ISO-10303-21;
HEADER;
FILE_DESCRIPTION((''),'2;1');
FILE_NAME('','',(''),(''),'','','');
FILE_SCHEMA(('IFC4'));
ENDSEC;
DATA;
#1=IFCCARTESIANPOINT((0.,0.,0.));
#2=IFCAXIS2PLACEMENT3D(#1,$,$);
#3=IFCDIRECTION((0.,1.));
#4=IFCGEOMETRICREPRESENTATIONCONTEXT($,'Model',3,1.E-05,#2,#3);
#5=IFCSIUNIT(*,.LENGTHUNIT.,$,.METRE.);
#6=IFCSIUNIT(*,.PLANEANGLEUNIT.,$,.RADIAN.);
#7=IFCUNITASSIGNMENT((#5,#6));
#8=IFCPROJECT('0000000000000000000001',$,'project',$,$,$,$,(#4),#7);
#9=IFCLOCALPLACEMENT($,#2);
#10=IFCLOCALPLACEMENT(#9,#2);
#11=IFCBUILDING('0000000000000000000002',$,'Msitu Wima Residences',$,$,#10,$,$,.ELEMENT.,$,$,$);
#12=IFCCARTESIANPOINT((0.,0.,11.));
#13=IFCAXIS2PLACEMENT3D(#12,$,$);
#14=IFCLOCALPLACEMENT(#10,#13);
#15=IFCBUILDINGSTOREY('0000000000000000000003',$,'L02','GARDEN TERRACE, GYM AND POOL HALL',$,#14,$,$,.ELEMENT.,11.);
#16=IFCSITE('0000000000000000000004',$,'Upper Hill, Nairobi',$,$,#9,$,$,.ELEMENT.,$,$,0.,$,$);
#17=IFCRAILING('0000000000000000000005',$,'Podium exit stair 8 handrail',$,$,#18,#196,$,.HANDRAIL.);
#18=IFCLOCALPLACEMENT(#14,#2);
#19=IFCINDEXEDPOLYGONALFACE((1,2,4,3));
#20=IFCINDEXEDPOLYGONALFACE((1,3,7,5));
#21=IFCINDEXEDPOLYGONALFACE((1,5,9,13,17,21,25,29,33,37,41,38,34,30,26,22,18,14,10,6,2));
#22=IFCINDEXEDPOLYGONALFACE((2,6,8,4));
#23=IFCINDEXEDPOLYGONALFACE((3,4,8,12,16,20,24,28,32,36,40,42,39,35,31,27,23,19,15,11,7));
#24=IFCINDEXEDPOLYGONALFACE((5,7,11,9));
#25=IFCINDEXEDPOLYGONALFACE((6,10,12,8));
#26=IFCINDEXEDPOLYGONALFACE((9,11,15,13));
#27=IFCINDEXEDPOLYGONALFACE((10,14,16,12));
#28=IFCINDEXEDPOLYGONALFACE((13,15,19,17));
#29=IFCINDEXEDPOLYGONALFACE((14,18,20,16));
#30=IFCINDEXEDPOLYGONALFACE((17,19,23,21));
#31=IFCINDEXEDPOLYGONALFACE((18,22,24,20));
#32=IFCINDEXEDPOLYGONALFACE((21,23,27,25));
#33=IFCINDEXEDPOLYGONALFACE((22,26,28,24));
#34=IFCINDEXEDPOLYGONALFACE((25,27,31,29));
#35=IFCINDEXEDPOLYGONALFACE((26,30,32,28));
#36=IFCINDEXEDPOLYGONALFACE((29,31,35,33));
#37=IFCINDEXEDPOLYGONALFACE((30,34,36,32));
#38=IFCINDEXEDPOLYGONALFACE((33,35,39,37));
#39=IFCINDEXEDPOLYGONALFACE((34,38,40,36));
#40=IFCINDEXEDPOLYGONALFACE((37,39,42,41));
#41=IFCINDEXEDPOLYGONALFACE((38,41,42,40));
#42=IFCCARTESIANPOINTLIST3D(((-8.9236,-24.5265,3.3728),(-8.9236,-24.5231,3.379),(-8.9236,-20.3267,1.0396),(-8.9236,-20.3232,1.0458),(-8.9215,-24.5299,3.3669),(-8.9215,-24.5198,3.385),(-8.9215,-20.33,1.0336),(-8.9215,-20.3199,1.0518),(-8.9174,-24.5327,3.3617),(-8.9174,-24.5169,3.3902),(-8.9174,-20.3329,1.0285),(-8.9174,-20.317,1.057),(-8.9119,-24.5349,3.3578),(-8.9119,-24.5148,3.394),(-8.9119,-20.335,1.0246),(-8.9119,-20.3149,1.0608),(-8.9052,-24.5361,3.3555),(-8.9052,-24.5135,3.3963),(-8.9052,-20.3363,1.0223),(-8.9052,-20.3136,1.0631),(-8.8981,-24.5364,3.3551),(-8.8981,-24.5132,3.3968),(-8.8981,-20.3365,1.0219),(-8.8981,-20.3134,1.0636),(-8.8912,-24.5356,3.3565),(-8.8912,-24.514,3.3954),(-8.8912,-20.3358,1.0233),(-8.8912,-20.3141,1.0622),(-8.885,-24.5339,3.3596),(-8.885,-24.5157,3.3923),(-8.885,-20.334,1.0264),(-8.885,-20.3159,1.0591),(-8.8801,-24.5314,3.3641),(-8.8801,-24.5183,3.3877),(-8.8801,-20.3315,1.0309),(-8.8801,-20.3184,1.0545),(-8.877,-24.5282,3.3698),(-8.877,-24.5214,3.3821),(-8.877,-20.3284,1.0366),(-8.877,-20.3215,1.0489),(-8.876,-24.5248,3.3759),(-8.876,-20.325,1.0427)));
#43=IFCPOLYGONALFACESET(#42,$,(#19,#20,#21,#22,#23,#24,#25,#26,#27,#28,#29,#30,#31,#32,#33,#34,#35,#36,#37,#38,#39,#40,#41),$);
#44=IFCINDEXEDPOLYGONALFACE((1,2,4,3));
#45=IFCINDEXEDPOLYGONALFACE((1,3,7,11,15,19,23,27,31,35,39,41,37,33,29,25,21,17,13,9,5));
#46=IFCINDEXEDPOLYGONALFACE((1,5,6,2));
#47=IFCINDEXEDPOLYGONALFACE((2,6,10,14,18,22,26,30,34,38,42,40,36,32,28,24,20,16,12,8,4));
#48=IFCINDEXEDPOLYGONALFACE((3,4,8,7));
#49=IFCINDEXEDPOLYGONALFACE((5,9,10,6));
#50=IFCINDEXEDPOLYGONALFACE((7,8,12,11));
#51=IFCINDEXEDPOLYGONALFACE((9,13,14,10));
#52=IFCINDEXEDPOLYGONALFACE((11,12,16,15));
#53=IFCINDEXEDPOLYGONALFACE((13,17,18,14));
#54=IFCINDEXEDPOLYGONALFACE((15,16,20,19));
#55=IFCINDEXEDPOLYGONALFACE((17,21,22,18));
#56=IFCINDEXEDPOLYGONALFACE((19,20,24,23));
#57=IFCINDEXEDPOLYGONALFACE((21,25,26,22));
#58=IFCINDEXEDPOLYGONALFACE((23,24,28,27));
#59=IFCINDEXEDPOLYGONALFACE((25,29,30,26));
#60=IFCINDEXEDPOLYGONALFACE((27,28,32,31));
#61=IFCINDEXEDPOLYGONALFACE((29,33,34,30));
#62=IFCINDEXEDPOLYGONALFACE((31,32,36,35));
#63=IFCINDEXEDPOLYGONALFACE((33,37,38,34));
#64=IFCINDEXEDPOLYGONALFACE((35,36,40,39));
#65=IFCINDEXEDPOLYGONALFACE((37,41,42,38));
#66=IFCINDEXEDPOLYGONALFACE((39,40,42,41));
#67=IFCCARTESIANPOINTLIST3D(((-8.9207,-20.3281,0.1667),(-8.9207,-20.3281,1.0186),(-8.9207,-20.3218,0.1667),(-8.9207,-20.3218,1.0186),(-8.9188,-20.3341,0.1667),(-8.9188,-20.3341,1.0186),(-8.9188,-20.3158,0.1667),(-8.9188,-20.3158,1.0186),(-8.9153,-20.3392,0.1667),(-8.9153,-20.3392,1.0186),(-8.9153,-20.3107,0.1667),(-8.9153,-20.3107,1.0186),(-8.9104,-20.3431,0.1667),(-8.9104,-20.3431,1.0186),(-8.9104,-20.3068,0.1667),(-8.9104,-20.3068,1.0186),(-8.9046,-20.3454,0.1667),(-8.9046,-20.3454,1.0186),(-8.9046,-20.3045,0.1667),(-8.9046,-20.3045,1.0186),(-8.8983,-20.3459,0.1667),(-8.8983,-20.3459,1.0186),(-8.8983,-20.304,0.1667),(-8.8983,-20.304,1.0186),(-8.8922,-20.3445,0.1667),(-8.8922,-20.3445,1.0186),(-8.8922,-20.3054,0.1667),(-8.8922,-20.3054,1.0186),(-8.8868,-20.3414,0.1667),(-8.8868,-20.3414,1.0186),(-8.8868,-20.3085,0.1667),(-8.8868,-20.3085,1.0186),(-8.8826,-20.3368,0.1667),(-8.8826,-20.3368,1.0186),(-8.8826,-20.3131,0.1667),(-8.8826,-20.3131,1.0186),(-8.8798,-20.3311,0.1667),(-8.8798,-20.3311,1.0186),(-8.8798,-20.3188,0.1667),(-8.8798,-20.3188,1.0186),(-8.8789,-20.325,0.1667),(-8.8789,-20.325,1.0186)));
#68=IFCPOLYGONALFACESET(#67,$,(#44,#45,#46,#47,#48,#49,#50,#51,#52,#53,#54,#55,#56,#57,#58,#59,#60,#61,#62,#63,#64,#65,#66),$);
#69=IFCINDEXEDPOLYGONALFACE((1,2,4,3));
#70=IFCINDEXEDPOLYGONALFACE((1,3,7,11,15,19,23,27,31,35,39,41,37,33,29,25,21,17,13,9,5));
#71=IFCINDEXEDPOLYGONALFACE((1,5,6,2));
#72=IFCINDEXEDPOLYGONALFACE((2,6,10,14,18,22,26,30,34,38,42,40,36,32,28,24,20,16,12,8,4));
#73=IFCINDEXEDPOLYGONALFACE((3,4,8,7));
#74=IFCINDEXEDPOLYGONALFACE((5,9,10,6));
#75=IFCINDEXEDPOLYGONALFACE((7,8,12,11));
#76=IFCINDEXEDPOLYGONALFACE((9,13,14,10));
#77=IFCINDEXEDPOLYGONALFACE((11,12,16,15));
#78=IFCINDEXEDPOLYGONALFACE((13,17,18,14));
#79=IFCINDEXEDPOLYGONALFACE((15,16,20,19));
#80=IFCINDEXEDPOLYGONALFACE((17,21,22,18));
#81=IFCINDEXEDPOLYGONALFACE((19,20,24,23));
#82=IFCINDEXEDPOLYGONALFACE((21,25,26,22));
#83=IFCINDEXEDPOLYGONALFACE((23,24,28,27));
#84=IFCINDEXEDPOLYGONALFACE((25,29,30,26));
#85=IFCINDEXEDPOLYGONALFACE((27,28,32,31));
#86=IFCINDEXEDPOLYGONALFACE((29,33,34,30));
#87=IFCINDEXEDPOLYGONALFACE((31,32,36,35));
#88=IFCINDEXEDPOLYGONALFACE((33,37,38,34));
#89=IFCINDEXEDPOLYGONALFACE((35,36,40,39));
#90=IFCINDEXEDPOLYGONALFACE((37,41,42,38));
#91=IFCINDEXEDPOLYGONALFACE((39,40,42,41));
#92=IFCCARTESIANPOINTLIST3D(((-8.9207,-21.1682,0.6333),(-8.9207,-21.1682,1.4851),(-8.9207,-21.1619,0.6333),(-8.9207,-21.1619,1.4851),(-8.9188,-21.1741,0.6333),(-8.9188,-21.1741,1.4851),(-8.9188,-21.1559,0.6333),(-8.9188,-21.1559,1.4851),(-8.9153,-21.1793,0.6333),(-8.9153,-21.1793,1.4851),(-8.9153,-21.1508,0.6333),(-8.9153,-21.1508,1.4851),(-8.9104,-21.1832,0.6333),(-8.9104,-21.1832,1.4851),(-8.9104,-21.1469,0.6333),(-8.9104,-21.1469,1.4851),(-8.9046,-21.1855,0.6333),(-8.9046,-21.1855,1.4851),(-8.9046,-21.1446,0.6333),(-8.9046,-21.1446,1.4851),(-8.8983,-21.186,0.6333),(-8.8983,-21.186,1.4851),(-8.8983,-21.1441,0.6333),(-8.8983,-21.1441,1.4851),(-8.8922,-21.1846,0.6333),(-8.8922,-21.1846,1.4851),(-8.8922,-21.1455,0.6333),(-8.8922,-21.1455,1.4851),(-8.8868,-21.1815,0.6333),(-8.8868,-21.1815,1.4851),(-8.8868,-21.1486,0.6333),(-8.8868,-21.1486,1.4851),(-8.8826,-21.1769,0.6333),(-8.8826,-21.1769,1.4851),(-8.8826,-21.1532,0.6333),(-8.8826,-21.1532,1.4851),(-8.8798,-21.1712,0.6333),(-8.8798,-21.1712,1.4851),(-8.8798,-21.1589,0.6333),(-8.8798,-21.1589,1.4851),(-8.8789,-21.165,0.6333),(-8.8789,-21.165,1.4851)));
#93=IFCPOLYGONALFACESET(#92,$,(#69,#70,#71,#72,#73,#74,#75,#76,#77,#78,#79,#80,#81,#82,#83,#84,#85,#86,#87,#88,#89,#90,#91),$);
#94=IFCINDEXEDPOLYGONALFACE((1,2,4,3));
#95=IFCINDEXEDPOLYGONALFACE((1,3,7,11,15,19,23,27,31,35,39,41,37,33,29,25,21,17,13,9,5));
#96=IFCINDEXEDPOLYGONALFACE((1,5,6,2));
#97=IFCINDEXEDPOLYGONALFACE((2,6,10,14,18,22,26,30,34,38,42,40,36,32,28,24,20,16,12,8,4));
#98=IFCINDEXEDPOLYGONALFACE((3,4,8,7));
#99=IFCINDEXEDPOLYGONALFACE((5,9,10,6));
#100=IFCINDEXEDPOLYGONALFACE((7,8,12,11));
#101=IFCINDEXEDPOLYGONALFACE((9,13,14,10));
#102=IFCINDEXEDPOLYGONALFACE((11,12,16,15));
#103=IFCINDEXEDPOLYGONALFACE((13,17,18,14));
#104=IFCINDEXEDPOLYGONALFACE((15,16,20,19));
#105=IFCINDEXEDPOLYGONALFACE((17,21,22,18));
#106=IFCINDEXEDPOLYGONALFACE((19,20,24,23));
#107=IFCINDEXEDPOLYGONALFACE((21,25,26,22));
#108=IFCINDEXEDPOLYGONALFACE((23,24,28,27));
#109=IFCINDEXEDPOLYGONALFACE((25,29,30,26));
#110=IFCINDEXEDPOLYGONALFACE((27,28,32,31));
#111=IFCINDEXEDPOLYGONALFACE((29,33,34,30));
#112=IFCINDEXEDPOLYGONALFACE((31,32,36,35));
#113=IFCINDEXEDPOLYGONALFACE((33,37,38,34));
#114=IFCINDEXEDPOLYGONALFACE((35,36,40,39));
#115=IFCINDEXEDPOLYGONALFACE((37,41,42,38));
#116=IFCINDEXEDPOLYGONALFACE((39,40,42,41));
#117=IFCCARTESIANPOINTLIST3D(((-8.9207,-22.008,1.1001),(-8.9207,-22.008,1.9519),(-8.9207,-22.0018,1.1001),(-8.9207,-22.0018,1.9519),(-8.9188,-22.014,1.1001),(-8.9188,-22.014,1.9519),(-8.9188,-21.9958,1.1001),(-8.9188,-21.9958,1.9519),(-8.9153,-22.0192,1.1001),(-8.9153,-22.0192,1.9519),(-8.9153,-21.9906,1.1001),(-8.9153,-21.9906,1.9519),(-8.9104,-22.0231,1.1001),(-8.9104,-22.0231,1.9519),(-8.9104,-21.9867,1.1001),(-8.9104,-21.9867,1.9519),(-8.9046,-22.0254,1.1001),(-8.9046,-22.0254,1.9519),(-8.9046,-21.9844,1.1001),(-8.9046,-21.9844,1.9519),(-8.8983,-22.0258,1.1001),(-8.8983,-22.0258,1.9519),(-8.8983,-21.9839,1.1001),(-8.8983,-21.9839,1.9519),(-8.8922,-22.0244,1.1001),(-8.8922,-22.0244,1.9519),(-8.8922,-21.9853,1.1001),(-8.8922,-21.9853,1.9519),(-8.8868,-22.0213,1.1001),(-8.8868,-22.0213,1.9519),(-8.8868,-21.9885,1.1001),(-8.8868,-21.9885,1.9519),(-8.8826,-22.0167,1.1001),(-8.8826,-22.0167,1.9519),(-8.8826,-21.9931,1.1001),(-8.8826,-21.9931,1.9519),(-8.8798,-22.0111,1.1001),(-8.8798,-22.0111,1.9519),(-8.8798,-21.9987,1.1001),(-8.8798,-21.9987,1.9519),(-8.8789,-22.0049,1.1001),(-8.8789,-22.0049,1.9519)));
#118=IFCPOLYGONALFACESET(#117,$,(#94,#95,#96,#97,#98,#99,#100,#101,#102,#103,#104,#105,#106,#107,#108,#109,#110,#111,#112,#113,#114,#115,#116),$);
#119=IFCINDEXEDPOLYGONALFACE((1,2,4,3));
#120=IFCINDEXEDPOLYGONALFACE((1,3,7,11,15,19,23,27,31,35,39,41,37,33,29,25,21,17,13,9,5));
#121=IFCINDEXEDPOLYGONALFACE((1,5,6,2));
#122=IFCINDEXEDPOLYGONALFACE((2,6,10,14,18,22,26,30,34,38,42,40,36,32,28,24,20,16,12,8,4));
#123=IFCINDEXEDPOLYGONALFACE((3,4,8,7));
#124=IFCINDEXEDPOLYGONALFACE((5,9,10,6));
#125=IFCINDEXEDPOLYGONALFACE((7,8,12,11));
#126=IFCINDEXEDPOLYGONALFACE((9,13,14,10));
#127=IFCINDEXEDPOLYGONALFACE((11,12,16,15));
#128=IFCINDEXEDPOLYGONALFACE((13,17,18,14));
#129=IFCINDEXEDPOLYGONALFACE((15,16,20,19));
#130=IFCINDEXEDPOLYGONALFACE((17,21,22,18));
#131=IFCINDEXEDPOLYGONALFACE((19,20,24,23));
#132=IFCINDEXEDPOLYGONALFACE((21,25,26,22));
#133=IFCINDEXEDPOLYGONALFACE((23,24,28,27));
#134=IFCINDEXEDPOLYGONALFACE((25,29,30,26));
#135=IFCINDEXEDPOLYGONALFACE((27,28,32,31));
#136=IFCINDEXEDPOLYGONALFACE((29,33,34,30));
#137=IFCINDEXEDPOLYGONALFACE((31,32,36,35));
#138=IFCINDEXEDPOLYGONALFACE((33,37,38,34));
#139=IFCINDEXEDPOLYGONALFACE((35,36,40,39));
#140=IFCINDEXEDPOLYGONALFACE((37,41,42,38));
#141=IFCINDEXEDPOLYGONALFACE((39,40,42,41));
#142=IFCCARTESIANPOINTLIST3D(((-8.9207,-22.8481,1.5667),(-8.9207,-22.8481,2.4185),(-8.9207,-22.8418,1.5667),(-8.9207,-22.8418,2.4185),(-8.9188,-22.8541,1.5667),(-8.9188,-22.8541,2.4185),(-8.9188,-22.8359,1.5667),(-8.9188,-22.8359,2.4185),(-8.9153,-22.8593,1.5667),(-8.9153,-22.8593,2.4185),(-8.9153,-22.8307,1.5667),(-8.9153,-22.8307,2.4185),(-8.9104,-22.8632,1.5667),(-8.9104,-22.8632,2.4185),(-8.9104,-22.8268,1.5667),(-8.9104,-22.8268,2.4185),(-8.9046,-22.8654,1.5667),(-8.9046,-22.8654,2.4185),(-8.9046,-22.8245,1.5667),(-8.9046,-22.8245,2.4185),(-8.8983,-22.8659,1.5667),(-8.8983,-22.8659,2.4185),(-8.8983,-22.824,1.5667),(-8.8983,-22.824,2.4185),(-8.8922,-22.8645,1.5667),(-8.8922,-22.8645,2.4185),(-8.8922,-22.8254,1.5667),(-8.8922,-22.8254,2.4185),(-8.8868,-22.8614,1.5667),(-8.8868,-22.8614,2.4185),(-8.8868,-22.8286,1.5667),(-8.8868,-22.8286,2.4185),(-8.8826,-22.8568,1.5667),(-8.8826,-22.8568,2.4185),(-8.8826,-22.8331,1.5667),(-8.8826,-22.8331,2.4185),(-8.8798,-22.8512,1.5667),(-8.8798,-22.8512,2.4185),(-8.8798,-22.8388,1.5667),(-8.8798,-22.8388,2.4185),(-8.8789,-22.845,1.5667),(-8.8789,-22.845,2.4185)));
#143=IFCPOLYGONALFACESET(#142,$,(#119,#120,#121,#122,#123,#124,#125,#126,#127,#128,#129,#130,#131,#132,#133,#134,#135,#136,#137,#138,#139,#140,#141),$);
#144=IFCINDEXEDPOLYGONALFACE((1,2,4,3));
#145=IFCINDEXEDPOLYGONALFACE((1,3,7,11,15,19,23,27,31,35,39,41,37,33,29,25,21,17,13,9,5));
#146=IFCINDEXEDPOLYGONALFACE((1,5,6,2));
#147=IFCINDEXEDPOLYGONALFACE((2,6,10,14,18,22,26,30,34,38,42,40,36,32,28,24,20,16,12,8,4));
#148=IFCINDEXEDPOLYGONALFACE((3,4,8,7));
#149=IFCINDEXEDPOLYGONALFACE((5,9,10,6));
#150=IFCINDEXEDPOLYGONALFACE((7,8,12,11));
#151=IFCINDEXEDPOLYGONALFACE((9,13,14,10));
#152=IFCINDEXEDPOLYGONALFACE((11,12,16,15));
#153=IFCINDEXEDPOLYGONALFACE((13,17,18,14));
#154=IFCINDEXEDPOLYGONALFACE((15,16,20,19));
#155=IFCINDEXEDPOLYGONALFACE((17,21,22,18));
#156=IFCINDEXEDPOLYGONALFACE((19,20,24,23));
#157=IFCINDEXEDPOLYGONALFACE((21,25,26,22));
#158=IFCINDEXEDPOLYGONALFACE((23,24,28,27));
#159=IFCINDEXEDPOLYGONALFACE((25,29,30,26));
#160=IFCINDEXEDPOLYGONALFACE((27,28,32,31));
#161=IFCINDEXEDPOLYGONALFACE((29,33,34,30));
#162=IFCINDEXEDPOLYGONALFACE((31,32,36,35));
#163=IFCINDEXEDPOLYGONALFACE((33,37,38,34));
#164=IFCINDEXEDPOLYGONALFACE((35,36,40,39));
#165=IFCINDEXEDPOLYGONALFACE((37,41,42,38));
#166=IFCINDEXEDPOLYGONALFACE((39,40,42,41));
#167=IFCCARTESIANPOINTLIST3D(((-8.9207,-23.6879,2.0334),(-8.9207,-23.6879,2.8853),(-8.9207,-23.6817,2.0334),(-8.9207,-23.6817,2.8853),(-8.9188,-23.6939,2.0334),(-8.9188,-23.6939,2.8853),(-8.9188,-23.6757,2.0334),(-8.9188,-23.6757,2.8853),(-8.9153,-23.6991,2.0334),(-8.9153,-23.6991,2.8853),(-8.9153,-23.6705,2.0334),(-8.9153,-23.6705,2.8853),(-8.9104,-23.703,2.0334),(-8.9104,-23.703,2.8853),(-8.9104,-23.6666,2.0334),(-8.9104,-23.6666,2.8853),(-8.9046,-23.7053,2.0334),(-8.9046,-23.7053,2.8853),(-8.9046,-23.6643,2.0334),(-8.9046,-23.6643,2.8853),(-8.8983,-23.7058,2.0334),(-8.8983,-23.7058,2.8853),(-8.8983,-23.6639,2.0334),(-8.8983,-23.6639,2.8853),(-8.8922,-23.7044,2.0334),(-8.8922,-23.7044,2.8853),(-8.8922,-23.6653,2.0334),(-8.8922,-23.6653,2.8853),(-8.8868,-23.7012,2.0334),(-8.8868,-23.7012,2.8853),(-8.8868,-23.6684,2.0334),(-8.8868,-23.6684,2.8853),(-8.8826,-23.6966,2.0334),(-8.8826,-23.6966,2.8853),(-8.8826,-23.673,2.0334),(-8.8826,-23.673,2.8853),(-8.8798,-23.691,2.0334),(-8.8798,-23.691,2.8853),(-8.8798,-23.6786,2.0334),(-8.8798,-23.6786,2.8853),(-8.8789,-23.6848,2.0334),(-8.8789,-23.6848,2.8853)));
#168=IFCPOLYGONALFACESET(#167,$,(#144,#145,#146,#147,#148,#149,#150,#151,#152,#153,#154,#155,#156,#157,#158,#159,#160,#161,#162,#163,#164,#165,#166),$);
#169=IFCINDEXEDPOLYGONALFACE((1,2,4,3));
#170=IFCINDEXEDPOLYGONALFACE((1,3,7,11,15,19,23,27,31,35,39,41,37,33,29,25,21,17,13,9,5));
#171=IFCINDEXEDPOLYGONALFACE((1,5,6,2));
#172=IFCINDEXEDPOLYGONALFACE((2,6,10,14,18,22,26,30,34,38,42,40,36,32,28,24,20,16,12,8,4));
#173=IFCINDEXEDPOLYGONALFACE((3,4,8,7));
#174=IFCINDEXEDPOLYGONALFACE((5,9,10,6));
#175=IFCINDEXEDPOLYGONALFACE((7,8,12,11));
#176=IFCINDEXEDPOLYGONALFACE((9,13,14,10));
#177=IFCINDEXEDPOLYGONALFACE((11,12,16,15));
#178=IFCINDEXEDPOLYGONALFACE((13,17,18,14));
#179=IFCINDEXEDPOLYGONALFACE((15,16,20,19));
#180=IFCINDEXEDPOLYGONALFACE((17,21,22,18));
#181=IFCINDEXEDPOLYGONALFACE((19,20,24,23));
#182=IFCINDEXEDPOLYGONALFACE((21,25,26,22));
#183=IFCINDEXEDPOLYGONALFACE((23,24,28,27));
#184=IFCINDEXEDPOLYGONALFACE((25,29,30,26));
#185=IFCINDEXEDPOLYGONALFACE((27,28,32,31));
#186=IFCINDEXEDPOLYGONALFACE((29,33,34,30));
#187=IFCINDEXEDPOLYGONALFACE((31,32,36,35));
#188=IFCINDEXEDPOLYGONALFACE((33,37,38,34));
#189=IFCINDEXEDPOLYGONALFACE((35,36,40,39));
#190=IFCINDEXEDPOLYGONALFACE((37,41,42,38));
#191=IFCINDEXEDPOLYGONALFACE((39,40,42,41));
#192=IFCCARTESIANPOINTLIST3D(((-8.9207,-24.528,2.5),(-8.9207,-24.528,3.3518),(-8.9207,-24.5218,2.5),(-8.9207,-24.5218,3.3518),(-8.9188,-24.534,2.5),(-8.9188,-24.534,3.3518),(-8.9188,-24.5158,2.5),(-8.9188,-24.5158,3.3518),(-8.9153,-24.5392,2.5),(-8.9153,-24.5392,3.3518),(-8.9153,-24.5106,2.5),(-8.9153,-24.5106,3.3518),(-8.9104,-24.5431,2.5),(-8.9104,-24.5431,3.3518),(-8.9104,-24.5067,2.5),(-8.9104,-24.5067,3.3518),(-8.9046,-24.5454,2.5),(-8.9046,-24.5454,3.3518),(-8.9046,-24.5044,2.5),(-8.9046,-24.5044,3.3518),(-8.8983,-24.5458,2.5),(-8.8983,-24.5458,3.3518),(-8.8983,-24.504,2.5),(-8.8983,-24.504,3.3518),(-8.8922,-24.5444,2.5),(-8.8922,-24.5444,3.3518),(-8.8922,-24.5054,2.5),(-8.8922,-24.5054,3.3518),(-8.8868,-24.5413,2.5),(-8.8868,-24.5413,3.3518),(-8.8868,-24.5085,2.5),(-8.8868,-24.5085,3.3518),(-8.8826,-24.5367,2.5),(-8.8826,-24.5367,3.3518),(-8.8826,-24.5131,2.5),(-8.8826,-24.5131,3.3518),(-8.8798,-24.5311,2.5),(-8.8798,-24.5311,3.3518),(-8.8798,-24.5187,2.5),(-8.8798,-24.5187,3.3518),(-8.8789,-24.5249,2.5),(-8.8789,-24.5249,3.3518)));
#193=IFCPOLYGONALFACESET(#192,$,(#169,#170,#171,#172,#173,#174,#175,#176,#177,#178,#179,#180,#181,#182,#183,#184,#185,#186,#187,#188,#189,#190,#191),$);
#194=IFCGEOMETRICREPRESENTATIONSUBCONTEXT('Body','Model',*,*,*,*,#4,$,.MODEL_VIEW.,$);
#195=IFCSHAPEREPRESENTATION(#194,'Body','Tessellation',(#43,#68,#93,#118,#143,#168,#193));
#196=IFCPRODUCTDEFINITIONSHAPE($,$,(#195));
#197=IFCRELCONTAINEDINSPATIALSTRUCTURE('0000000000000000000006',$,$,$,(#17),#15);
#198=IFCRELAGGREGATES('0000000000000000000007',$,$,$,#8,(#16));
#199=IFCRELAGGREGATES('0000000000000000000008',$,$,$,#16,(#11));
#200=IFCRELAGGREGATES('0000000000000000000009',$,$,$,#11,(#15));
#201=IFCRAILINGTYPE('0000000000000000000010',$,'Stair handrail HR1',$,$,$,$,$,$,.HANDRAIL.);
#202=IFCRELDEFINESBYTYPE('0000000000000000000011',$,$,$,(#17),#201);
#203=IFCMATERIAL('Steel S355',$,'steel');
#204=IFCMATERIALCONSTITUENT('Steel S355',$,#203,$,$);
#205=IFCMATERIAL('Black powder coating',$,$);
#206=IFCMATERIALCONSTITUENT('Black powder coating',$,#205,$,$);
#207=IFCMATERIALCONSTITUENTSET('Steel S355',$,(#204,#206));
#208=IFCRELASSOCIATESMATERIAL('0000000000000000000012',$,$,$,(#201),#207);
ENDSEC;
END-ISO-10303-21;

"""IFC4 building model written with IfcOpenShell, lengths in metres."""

from ifc_helpers import new_model, si_unit, direction, frame, origin, origin_2d, place, context, subcontext, project, spatial, circle, extrude, material, constituent, constituent_set, type_object, element, save


model = new_model("IFC4")

# Units and contexts
model_context = context("Model", 3, precision=1e-05, world=origin(), true_north=direction((0.0, 1.0)))
body_context = subcontext(model_context, "Body", "Model", "MODEL_VIEW")
ifc_project = project(units=[si_unit("LENGTHUNIT", "METRE"), si_unit("PLANEANGLEUNIT", "RADIAN")], contexts=[model_context])

# Site, building, storey
site_placement = place(None, origin())
site = spatial("IfcSite", under=ifc_project, at=site_placement, Name="Upper Hill, Nairobi", CompositionType="ELEMENT", RefElevation=0.0)
building_placement = place(site_placement, origin())
building = spatial("IfcBuilding", under=site, at=building_placement, Name="Msitu Wima Residences", CompositionType="ELEMENT")
storey_placement = place(building_placement, frame((0.0, 0.0, 11.0)))
storey = spatial("IfcBuildingStorey", under=building, at=storey_placement, Name="L02", Description="GARDEN TERRACE, GYM AND POOL HALL", CompositionType="ELEMENT", Elevation=11.0)

# Railing
ifc_material_1 = material(Name="Steel S355", Category="steel")
ifc_constituent_1 = constituent(ifc_material_1, Name="Steel S355")
ifc_material_2 = material(Name="Black powder coating")
ifc_constituent_2 = constituent(ifc_material_2, Name="Black powder coating")
ifc_constituent_set = constituent_set(constituents=[ifc_constituent_1, ifc_constituent_2], Name="Steel S355")
railing_type = type_object("IfcRailingType", Name="Stair handrail HR1", PredefinedType="HANDRAIL", material=ifc_constituent_set)
for number, where, name in (
    (1, (-8.8999, -20.325, 0.1667), "Podium exit stair 8 handrail"),
):
    element("IfcRailing", number, at=place(storey_placement, frame(where)), inside=storey, type_object=railing_type, Name=name, PredefinedType="HANDRAIL", context=body_context, shape_type="SweptSolid", body=[
        extrude(circle(Radius=0.0239, at=origin_2d()), frame((0.0, 0.0, 0.876), z_axis=(0.0, -0.874162, 0.485634), x_axis=(1.0, 0.0, 0.0)), (0.0, 0.0, 1.0), 4.8044),
        extrude(circle(Radius=0.021, at=origin_2d()), origin(), (0.0, 0.0, 1.0), 0.8518),
        extrude(circle(Radius=0.021, at=origin_2d()), frame((0.0, -0.8401, 0.4666)), (0.0, 0.0, 1.0), 0.8518),
        extrude(circle(Radius=0.021, at=origin_2d()), frame((0.0, -1.6799, 0.9333)), (0.0, 0.0, 1.0), 0.8518),
        extrude(circle(Radius=0.021, at=origin_2d()), frame((0.0, -2.52, 1.3999)), (0.0, 0.0, 1.0), 0.8518),
        extrude(circle(Radius=0.021, at=origin_2d()), frame((0.0, -3.3599, 1.8667)), (0.0, 0.0, 1.0), 0.8518),
        extrude(circle(Radius=0.021, at=origin_2d()), frame((0.0, -4.2, 2.3333)), (0.0, 0.0, 1.0), 0.8518),
    ])

save(model, "model.ifc")
